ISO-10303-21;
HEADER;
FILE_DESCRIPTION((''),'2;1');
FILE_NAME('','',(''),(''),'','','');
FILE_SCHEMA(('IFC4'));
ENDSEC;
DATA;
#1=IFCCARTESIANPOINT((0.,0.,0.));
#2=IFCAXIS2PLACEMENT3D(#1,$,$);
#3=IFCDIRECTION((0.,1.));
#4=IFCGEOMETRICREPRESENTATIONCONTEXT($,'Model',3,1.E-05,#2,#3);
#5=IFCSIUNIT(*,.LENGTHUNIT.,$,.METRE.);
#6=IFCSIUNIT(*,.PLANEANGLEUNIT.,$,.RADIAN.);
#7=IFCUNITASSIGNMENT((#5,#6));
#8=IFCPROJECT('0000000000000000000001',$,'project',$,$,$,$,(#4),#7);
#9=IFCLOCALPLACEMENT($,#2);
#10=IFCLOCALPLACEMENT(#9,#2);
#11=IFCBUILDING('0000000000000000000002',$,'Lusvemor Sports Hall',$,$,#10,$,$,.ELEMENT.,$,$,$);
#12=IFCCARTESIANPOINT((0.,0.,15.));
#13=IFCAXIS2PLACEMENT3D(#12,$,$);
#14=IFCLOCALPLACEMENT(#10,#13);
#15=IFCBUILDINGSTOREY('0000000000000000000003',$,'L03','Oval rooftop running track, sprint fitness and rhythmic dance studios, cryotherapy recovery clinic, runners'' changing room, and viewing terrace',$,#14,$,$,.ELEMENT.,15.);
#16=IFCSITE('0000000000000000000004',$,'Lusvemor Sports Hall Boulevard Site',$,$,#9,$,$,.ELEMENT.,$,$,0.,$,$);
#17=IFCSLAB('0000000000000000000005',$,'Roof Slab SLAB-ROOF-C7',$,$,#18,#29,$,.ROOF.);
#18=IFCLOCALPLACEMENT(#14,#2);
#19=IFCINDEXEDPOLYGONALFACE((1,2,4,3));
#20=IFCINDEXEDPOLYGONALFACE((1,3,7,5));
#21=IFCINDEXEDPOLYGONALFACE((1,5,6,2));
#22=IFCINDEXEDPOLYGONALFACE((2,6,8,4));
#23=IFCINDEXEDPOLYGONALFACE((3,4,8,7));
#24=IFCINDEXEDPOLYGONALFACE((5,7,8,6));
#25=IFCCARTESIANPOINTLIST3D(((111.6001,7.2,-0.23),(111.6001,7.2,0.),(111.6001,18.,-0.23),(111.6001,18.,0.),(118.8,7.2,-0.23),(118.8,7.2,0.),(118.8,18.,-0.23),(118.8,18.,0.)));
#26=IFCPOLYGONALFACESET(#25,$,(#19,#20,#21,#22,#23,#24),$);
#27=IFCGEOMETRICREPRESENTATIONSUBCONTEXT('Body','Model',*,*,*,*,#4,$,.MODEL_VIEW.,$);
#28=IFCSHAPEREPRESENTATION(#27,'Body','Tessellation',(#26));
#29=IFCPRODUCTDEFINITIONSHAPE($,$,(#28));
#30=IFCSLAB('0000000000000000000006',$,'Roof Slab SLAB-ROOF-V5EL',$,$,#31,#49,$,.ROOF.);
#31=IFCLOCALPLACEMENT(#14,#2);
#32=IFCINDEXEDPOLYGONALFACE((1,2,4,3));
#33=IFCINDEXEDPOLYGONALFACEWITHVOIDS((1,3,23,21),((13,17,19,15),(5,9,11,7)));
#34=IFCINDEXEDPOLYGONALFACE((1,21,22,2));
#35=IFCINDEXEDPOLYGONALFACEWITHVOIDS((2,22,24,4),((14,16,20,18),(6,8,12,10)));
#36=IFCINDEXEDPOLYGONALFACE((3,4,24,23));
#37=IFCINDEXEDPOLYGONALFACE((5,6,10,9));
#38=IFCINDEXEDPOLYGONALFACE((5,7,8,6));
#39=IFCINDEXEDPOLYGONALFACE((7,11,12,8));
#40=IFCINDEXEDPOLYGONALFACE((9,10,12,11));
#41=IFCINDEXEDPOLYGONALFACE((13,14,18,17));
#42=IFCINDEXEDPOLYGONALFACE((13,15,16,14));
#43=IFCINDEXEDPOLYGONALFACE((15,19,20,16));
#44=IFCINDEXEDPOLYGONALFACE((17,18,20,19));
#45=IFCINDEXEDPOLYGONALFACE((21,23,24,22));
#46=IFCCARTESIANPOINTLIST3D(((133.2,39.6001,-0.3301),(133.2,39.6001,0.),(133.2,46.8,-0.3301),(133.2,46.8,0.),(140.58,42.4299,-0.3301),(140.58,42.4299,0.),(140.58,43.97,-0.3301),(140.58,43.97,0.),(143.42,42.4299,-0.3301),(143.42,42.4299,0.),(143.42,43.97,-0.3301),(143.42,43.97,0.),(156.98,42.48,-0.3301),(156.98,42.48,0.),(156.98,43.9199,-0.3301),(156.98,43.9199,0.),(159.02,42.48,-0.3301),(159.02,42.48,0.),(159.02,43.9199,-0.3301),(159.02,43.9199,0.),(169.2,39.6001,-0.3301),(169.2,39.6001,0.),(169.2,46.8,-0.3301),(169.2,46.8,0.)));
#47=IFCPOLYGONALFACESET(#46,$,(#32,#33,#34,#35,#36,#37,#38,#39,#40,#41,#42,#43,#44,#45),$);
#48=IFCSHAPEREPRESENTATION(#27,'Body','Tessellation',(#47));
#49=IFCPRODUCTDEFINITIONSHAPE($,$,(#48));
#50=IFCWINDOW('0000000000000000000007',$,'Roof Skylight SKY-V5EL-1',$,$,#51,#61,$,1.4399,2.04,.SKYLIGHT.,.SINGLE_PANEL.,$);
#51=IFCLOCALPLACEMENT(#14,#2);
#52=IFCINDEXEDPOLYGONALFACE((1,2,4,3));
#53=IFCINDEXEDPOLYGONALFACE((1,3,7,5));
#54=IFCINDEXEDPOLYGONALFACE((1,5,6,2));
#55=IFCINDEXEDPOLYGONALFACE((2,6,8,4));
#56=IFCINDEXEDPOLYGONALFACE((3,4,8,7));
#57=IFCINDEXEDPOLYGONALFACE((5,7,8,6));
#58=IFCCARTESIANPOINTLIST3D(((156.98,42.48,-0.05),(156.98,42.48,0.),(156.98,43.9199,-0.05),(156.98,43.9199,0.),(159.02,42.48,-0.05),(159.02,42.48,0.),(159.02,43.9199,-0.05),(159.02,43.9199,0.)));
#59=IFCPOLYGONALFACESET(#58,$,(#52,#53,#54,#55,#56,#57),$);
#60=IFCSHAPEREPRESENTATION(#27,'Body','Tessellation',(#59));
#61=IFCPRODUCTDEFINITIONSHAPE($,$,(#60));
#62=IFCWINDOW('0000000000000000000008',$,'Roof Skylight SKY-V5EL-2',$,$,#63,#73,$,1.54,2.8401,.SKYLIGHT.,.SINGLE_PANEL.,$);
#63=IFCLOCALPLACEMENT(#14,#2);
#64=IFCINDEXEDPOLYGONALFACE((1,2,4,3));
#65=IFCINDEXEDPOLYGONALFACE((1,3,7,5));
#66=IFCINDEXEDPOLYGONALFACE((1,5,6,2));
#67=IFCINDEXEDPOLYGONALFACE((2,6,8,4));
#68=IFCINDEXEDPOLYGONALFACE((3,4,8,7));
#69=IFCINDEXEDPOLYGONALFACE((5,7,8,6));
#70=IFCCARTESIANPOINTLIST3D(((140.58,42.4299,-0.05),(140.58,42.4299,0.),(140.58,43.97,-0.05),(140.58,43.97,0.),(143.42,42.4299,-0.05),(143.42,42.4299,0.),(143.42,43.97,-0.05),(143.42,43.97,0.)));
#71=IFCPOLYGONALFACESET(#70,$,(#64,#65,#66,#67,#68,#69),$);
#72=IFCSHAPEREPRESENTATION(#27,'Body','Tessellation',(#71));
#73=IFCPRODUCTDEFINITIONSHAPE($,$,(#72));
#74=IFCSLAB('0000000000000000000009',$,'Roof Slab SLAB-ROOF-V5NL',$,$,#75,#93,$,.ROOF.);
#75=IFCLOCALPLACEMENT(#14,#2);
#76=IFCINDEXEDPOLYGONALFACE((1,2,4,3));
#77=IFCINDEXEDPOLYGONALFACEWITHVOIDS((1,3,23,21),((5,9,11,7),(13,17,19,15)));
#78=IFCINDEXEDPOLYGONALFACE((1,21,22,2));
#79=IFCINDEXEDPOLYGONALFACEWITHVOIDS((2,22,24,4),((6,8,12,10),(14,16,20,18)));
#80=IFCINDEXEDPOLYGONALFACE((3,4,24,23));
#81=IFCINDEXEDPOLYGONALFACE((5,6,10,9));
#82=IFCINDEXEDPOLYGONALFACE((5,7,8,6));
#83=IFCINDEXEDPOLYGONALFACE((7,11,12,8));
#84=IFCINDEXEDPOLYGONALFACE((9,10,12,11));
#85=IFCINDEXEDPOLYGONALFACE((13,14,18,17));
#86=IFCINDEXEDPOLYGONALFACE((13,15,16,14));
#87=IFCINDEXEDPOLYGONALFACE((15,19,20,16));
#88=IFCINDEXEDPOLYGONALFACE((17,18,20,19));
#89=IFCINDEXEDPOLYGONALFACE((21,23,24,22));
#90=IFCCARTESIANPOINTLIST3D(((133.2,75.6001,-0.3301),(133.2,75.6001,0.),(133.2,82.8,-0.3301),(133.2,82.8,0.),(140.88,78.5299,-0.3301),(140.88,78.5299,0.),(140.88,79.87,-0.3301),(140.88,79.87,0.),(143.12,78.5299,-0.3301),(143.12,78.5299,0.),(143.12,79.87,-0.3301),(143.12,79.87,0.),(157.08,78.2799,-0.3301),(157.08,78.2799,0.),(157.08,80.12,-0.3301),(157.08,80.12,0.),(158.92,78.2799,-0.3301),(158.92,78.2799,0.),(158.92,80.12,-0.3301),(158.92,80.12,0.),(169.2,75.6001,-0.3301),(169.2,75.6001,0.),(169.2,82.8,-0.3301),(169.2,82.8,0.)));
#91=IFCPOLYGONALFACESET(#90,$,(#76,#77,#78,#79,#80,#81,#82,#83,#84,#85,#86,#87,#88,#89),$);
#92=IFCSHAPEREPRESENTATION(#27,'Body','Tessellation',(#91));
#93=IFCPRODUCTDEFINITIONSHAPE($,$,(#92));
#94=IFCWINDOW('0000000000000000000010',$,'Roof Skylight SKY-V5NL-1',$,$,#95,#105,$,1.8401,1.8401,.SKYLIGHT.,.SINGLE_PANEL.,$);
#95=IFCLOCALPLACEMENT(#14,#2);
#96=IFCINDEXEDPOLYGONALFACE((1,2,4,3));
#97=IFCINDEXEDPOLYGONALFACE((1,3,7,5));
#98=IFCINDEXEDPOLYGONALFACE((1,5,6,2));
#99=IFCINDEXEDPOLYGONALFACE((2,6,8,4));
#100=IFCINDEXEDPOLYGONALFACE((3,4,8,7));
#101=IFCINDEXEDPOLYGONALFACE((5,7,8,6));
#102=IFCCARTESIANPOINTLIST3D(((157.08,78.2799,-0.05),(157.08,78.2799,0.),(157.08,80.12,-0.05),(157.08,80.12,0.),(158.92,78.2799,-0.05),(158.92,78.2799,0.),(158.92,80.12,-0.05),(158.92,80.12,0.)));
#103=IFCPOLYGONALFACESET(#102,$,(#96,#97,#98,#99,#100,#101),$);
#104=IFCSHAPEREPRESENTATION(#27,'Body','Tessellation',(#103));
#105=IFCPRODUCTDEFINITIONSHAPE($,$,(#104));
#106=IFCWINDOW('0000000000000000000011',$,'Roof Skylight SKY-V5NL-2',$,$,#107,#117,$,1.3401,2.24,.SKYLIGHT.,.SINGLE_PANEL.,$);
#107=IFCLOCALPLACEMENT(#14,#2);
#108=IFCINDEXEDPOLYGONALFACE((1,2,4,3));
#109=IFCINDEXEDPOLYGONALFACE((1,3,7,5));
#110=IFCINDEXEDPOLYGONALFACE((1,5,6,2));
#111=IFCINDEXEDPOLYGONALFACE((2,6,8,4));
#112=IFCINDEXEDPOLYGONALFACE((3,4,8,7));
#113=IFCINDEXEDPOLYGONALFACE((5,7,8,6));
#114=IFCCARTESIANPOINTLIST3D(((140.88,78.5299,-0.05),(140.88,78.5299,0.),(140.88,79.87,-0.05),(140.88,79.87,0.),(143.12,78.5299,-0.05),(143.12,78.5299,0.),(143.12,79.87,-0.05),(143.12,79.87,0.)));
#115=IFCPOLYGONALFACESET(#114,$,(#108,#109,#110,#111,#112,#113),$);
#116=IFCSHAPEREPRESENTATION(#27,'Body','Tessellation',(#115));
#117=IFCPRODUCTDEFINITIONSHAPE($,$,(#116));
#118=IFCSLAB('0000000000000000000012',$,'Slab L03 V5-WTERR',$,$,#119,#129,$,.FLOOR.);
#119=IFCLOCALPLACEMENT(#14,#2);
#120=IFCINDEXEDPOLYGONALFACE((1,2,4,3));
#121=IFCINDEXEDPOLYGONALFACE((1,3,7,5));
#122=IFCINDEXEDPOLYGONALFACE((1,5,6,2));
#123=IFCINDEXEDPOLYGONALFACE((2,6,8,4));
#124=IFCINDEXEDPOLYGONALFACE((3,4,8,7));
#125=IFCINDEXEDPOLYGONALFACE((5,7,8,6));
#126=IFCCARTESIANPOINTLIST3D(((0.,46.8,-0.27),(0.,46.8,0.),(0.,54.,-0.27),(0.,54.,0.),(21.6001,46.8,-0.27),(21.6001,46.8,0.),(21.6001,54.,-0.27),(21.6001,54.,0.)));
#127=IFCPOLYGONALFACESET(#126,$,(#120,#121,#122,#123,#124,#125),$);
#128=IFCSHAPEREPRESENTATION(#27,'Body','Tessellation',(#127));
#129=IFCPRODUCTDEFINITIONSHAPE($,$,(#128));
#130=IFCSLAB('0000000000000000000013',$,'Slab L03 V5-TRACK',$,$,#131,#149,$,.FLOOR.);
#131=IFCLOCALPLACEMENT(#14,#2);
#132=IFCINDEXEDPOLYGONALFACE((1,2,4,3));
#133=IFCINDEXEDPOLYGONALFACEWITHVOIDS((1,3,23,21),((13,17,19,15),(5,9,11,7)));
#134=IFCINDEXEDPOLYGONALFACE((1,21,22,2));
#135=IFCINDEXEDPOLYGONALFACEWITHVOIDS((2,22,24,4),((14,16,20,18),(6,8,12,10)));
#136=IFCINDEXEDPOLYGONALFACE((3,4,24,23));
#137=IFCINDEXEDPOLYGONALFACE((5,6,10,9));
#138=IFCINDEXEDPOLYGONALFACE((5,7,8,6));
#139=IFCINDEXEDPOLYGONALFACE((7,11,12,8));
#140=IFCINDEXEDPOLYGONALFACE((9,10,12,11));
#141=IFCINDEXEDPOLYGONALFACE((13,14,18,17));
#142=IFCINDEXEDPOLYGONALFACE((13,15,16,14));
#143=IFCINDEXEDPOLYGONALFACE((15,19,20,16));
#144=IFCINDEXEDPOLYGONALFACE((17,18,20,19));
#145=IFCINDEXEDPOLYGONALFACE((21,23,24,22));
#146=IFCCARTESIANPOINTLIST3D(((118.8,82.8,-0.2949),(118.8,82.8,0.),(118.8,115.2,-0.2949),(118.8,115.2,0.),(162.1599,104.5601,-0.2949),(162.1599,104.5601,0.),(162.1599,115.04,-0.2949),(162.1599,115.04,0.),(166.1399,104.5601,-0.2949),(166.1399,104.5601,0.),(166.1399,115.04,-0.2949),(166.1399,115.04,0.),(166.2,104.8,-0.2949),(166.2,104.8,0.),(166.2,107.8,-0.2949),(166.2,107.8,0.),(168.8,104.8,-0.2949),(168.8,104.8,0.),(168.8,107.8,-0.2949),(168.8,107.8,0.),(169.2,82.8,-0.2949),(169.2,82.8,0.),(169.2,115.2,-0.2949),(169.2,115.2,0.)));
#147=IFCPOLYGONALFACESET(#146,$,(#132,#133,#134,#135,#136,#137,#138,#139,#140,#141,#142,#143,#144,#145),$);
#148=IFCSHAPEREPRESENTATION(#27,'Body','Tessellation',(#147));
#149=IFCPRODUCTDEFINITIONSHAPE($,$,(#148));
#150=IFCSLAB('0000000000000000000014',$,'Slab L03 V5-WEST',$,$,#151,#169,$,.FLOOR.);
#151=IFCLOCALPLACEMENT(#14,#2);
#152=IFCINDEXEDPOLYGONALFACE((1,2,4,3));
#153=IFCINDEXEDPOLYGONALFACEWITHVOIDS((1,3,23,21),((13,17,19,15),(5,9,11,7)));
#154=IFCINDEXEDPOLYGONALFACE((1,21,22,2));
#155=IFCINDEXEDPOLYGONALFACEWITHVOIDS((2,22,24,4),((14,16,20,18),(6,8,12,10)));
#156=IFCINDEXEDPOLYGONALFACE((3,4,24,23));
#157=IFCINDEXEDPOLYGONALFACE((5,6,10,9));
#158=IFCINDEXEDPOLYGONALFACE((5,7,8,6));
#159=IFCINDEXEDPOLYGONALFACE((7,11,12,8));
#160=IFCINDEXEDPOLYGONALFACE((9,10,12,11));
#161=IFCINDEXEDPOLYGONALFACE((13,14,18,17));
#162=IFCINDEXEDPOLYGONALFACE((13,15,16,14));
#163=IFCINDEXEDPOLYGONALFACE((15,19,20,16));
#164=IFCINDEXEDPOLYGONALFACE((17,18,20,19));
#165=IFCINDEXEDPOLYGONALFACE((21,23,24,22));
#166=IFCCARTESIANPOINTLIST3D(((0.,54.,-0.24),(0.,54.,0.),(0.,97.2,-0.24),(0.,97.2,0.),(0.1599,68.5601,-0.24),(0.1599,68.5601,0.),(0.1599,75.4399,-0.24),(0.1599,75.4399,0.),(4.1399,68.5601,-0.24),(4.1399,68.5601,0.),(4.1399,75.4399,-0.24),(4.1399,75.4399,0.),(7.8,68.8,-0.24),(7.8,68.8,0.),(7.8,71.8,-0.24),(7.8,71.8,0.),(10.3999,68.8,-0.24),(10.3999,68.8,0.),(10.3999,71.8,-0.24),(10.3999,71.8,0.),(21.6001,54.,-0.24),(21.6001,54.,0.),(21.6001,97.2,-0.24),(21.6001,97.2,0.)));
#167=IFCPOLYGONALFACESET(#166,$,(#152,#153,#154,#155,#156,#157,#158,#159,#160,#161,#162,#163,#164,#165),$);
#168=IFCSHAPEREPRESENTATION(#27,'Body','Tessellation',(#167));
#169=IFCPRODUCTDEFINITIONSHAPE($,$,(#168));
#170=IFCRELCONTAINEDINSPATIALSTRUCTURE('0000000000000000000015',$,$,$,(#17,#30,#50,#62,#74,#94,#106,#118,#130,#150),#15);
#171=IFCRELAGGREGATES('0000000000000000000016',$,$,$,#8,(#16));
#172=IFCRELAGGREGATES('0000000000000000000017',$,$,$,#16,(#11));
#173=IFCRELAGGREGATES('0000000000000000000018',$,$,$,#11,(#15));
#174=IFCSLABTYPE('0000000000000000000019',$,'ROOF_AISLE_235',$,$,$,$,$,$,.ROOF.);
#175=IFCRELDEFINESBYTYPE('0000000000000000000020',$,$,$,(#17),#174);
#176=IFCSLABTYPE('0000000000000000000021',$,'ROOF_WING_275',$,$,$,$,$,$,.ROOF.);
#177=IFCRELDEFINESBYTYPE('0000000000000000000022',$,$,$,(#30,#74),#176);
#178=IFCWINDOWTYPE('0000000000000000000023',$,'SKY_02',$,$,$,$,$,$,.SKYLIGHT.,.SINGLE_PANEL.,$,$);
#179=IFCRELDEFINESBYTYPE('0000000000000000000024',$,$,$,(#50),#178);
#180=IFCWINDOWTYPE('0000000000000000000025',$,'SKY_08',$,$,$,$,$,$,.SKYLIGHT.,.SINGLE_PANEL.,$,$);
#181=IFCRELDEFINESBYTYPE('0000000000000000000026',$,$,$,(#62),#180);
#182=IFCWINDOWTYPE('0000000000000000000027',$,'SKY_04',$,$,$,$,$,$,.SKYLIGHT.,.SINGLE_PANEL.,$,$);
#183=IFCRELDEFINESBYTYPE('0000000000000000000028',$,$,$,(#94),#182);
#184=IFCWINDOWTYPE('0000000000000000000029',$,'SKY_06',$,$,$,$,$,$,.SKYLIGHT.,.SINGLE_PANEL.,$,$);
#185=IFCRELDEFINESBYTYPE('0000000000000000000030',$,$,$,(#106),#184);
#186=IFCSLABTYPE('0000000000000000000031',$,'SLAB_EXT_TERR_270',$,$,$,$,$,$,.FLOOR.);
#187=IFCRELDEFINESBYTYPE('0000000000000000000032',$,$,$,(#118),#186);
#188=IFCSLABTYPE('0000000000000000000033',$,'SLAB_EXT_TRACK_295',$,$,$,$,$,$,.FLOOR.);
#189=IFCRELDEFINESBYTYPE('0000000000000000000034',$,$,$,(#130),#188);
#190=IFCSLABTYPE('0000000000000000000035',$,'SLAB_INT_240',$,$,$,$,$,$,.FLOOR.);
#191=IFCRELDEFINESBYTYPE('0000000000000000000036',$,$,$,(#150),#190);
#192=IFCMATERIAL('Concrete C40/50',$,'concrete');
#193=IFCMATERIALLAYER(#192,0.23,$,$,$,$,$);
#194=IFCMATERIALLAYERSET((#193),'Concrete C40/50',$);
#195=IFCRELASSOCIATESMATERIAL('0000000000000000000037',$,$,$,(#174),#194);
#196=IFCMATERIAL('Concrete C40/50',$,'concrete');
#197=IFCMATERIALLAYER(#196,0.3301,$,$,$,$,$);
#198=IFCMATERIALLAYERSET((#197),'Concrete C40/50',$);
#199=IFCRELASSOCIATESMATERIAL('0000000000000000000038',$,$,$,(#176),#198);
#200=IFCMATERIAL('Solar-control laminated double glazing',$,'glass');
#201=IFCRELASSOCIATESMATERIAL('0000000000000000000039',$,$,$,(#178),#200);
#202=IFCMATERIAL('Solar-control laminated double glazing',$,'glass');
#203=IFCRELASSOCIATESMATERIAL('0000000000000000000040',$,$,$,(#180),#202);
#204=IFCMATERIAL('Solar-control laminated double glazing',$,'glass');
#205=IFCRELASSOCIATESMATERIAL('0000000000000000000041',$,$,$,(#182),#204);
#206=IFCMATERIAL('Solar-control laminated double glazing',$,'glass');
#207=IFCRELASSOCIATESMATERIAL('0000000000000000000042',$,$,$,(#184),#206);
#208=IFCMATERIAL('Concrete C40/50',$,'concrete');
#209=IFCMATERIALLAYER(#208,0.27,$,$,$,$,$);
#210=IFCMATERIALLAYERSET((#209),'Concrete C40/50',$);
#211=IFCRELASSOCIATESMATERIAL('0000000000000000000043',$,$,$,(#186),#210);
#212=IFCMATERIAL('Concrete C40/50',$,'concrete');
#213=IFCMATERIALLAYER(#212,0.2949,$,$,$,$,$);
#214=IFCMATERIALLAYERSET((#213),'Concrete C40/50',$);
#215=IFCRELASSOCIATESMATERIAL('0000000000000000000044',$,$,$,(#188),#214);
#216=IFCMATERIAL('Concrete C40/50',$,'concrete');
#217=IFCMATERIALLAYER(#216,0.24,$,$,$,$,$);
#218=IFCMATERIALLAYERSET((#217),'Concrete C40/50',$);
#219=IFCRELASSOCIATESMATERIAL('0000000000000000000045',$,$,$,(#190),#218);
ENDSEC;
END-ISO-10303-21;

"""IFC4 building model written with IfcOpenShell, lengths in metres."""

from ifc_helpers import new_model, si_unit, direction, frame, origin, origin_2d, place, context, subcontext, project, spatial, polyline, rectangle, outline, extrude, material, layer, layer_set, type_object, element, fill, save


model = new_model("IFC4")

# Units and contexts
model_context = context("Model", 3, precision=1e-05, world=origin(), true_north=direction((0.0, 1.0)))
body_context = subcontext(model_context, "Body", "Model", "MODEL_VIEW")
ifc_project = project(units=[si_unit("LENGTHUNIT", "METRE"), si_unit("PLANEANGLEUNIT", "RADIAN")], contexts=[model_context])

# Site, building, storey
site_placement = place(None, origin())
site = spatial("IfcSite", under=ifc_project, at=site_placement, Name="Lusvemor Sports Hall Boulevard Site", CompositionType="ELEMENT", RefElevation=0.0)
building_placement = place(site_placement, origin())
building = spatial("IfcBuilding", under=site, at=building_placement, Name="Lusvemor Sports Hall", CompositionType="ELEMENT")
storey_placement = place(building_placement, frame((0.0, 0.0, 15.0)))
storey = spatial("IfcBuildingStorey", under=building, at=storey_placement, Name="L03", Description="Oval rooftop running track, sprint fitness and rhythmic dance studios, cryotherapy recovery clinic, runners' changing room, and viewing terrace", CompositionType="ELEMENT", Elevation=15.0)

# Slab
ifc_material_1 = material(Name="Concrete C40/50", Category="concrete")
ifc_layer_1 = layer(ifc_material_1, 0.23)
ifc_layer_set_1 = layer_set([ifc_layer_1], Name="Concrete C40/50")
slab_type_1 = type_object("IfcSlabType", Name="ROOF_AISLE_235", PredefinedType="ROOF", material=ifc_layer_set_1)
slab_1_placement = place(storey_placement, frame((0.0, 0.0, -0.23)))
element("IfcSlab", 1, at=slab_1_placement, inside=storey, type_object=slab_type_1, Name="Roof Slab SLAB-ROOF-C7", PredefinedType="ROOF", context=body_context, shape_type="SweptSolid", body=[
    extrude(outline(polyline([(111.6001, 7.2), (118.8, 7.2), (118.8, 18.0), (111.6001, 18.0), (111.6001, 7.2)])), origin(), (0.0, 0.0, 1.0), 0.23),
])

# Slabs, openings, windows
ifc_material_2 = material(Name="Concrete C40/50", Category="concrete")
ifc_layer_2 = layer(ifc_material_2, 0.3301)
ifc_layer_set_2 = layer_set([ifc_layer_2], Name="Concrete C40/50")
slab_type_2 = type_object("IfcSlabType", Name="ROOF_WING_275", PredefinedType="ROOF", material=ifc_layer_set_2)
slab_2_placement = place(storey_placement, frame((0.0, 0.0, -0.3301)))
slab_2 = element("IfcSlab", 2, at=slab_2_placement, inside=storey, type_object=slab_type_2, Name="Roof Slab SLAB-ROOF-V5EL", PredefinedType="ROOF", context=body_context, shape_type="SweptSolid", body=[
    extrude(outline(polyline([(133.2, 39.6001), (169.2, 39.6001), (169.2, 46.8), (133.2, 46.8), (133.2, 39.6001)])), origin(), (0.0, 0.0, 1.0), 0.3301),
])
opening_1_placement = place(slab_2_placement, frame((142.0, 43.2, 0.0)))
opening_1 = element("IfcOpeningElement", 3, at=opening_1_placement, cuts=slab_2, PredefinedType="OPENING", context=body_context, shape_type="SweptSolid", body=[
    extrude(rectangle(XDim=2.8401, YDim=1.54, at=origin_2d()), origin(), (0.0, 0.0, 1.0), 0.3301),
])
opening_2_placement = place(slab_2_placement, frame((158.0, 43.2, 0.0)))
opening_2 = element("IfcOpeningElement", 4, at=opening_2_placement, cuts=slab_2, PredefinedType="OPENING", context=body_context, shape_type="SweptSolid", body=[
    extrude(rectangle(XDim=2.04, YDim=1.4399, at=origin_2d()), origin(), (0.0, 0.0, 1.0), 0.3301),
])
ifc_material_3 = material(Name="Solar-control laminated double glazing", Category="glass")
window_type_1 = type_object("IfcWindowType", Name="SKY_02", PartitioningType="SINGLE_PANEL", PredefinedType="SKYLIGHT", material=ifc_material_3)
window_1_placement = place(opening_2_placement, frame((0.0, 0.0, 0.28)))
window_1 = element("IfcWindow", 5, at=window_1_placement, inside=storey, type_object=window_type_1, Name="Roof Skylight SKY-V5EL-1", OverallHeight=1.4399, OverallWidth=2.04, PartitioningType="SINGLE_PANEL", PredefinedType="SKYLIGHT", context=body_context, shape_type="SweptSolid", body=[
    extrude(rectangle(XDim=2.04, YDim=1.4399, at=origin_2d()), origin(), (0.0, 0.0, 1.0), 0.05),
])
fill(opening_2, window_1)
ifc_material_4 = material(Name="Solar-control laminated double glazing", Category="glass")
window_type_2 = type_object("IfcWindowType", Name="SKY_08", PartitioningType="SINGLE_PANEL", PredefinedType="SKYLIGHT", material=ifc_material_4)
window_2_placement = place(opening_1_placement, frame((0.0, 0.0, 0.28)))
window_2 = element("IfcWindow", 6, at=window_2_placement, inside=storey, type_object=window_type_2, Name="Roof Skylight SKY-V5EL-2", OverallHeight=1.54, OverallWidth=2.8401, PartitioningType="SINGLE_PANEL", PredefinedType="SKYLIGHT", context=body_context, shape_type="SweptSolid", body=[
    extrude(rectangle(XDim=2.8401, YDim=1.54, at=origin_2d()), origin(), (0.0, 0.0, 1.0), 0.05),
])
fill(opening_1, window_2)
slab_3_placement = place(storey_placement, frame((0.0, 0.0, -0.3301)))
slab_3 = element("IfcSlab", 7, at=slab_3_placement, inside=storey, type_object=slab_type_2, Name="Roof Slab SLAB-ROOF-V5NL", PredefinedType="ROOF", context=body_context, shape_type="SweptSolid", body=[
    extrude(outline(polyline([(133.2, 75.6001), (169.2, 75.6001), (169.2, 82.8), (133.2, 82.8), (133.2, 75.6001)])), origin(), (0.0, 0.0, 1.0), 0.3301),
])
opening_3_placement = place(slab_3_placement, frame((142.0, 79.2, 0.0)))
opening_3 = element("IfcOpeningElement", 8, at=opening_3_placement, cuts=slab_3, PredefinedType="OPENING", context=body_context, shape_type="SweptSolid", body=[
    extrude(rectangle(XDim=2.24, YDim=1.3401, at=origin_2d()), origin(), (0.0, 0.0, 1.0), 0.3301),
])
opening_4_placement = place(slab_3_placement, frame((158.0, 79.2, 0.0)))
opening_4 = element("IfcOpeningElement", 9, at=opening_4_placement, cuts=slab_3, PredefinedType="OPENING", context=body_context, shape_type="SweptSolid", body=[
    extrude(rectangle(XDim=1.8401, YDim=1.8401, at=origin_2d()), origin(), (0.0, 0.0, 1.0), 0.3301),
])
ifc_material_5 = material(Name="Solar-control laminated double glazing", Category="glass")
window_type_3 = type_object("IfcWindowType", Name="SKY_04", PartitioningType="SINGLE_PANEL", PredefinedType="SKYLIGHT", material=ifc_material_5)
window_3_placement = place(opening_4_placement, frame((0.0, 0.0, 0.28)))
window_3 = element("IfcWindow", 10, at=window_3_placement, inside=storey, type_object=window_type_3, Name="Roof Skylight SKY-V5NL-1", OverallHeight=1.8401, OverallWidth=1.8401, PartitioningType="SINGLE_PANEL", PredefinedType="SKYLIGHT", context=body_context, shape_type="SweptSolid", body=[
    extrude(rectangle(XDim=1.8401, YDim=1.8401, at=origin_2d()), origin(), (0.0, 0.0, 1.0), 0.05),
])
fill(opening_4, window_3)
ifc_material_6 = material(Name="Solar-control laminated double glazing", Category="glass")
window_type_4 = type_object("IfcWindowType", Name="SKY_06", PartitioningType="SINGLE_PANEL", PredefinedType="SKYLIGHT", material=ifc_material_6)
window_4_placement = place(opening_3_placement, frame((0.0, 0.0, 0.28)))
window_4 = element("IfcWindow", 11, at=window_4_placement, inside=storey, type_object=window_type_4, Name="Roof Skylight SKY-V5NL-2", OverallHeight=1.3401, OverallWidth=2.24, PartitioningType="SINGLE_PANEL", PredefinedType="SKYLIGHT", context=body_context, shape_type="SweptSolid", body=[
    extrude(rectangle(XDim=2.24, YDim=1.3401, at=origin_2d()), origin(), (0.0, 0.0, 1.0), 0.05),
])
fill(opening_3, window_4)

# Slabs
ifc_material_7 = material(Name="Concrete C40/50", Category="concrete")
ifc_layer_3 = layer(ifc_material_7, 0.27)
ifc_layer_set_3 = layer_set([ifc_layer_3], Name="Concrete C40/50")
slab_type_3 = type_object("IfcSlabType", Name="SLAB_EXT_TERR_270", PredefinedType="FLOOR", material=ifc_layer_set_3)
slab_4_placement = place(storey_placement, frame((0.0, 0.0, -0.27)))
element("IfcSlab", 12, at=slab_4_placement, inside=storey, type_object=slab_type_3, Name="Slab L03 V5-WTERR", PredefinedType="FLOOR", context=body_context, shape_type="SweptSolid", body=[
    extrude(outline(polyline([(0.0, 46.8), (21.6001, 46.8), (21.6001, 54.0), (0.0, 54.0), (0.0, 46.8)])), origin(), (0.0, 0.0, 1.0), 0.27),
])
ifc_material_8 = material(Name="Concrete C40/50", Category="concrete")
ifc_layer_4 = layer(ifc_material_8, 0.2949)
ifc_layer_set_4 = layer_set([ifc_layer_4], Name="Concrete C40/50")
slab_type_4 = type_object("IfcSlabType", Name="SLAB_EXT_TRACK_295", PredefinedType="FLOOR", material=ifc_layer_set_4)
slab_5_placement = place(storey_placement, frame((0.0, 0.0, -0.2949)))
element("IfcSlab", 13, at=slab_5_placement, inside=storey, type_object=slab_type_4, Name="Slab L03 V5-TRACK", PredefinedType="FLOOR", context=body_context, shape_type="SweptSolid", body=[
    extrude(outline(polyline([(118.8, 82.8), (169.2, 82.8), (169.2, 115.2), (118.8, 115.2), (118.8, 82.8)]), holes=[polyline([(162.1599, 104.5601), (166.1399, 104.5601), (166.1399, 115.04), (162.1599, 115.04), (162.1599, 104.5601)]), polyline([(166.2, 104.8), (168.8, 104.8), (168.8, 107.8), (166.2, 107.8), (166.2, 104.8)])]), origin(), (0.0, 0.0, 1.0), 0.2949),
])
ifc_material_9 = material(Name="Concrete C40/50", Category="concrete")
ifc_layer_5 = layer(ifc_material_9, 0.24)
ifc_layer_set_5 = layer_set([ifc_layer_5], Name="Concrete C40/50")
slab_type_5 = type_object("IfcSlabType", Name="SLAB_INT_240", PredefinedType="FLOOR", material=ifc_layer_set_5)
slab_6_placement = place(storey_placement, frame((0.0, 0.0, -0.24)))
element("IfcSlab", 14, at=slab_6_placement, inside=storey, type_object=slab_type_5, Name="Slab L03 V5-WEST", PredefinedType="FLOOR", context=body_context, shape_type="SweptSolid", body=[
    extrude(outline(polyline([(0.0, 54.0), (21.6001, 54.0), (21.6001, 97.2), (0.0, 97.2), (0.0, 54.0)]), holes=[polyline([(0.1599, 68.5601), (4.1399, 68.5601), (4.1399, 75.4399), (0.1599, 75.4399), (0.1599, 68.5601)]), polyline([(7.8, 68.8), (10.3999, 68.8), (10.3999, 71.8), (7.8, 71.8), (7.8, 68.8)])]), origin(), (0.0, 0.0, 1.0), 0.24),
])

save(model, "model.ifc")
